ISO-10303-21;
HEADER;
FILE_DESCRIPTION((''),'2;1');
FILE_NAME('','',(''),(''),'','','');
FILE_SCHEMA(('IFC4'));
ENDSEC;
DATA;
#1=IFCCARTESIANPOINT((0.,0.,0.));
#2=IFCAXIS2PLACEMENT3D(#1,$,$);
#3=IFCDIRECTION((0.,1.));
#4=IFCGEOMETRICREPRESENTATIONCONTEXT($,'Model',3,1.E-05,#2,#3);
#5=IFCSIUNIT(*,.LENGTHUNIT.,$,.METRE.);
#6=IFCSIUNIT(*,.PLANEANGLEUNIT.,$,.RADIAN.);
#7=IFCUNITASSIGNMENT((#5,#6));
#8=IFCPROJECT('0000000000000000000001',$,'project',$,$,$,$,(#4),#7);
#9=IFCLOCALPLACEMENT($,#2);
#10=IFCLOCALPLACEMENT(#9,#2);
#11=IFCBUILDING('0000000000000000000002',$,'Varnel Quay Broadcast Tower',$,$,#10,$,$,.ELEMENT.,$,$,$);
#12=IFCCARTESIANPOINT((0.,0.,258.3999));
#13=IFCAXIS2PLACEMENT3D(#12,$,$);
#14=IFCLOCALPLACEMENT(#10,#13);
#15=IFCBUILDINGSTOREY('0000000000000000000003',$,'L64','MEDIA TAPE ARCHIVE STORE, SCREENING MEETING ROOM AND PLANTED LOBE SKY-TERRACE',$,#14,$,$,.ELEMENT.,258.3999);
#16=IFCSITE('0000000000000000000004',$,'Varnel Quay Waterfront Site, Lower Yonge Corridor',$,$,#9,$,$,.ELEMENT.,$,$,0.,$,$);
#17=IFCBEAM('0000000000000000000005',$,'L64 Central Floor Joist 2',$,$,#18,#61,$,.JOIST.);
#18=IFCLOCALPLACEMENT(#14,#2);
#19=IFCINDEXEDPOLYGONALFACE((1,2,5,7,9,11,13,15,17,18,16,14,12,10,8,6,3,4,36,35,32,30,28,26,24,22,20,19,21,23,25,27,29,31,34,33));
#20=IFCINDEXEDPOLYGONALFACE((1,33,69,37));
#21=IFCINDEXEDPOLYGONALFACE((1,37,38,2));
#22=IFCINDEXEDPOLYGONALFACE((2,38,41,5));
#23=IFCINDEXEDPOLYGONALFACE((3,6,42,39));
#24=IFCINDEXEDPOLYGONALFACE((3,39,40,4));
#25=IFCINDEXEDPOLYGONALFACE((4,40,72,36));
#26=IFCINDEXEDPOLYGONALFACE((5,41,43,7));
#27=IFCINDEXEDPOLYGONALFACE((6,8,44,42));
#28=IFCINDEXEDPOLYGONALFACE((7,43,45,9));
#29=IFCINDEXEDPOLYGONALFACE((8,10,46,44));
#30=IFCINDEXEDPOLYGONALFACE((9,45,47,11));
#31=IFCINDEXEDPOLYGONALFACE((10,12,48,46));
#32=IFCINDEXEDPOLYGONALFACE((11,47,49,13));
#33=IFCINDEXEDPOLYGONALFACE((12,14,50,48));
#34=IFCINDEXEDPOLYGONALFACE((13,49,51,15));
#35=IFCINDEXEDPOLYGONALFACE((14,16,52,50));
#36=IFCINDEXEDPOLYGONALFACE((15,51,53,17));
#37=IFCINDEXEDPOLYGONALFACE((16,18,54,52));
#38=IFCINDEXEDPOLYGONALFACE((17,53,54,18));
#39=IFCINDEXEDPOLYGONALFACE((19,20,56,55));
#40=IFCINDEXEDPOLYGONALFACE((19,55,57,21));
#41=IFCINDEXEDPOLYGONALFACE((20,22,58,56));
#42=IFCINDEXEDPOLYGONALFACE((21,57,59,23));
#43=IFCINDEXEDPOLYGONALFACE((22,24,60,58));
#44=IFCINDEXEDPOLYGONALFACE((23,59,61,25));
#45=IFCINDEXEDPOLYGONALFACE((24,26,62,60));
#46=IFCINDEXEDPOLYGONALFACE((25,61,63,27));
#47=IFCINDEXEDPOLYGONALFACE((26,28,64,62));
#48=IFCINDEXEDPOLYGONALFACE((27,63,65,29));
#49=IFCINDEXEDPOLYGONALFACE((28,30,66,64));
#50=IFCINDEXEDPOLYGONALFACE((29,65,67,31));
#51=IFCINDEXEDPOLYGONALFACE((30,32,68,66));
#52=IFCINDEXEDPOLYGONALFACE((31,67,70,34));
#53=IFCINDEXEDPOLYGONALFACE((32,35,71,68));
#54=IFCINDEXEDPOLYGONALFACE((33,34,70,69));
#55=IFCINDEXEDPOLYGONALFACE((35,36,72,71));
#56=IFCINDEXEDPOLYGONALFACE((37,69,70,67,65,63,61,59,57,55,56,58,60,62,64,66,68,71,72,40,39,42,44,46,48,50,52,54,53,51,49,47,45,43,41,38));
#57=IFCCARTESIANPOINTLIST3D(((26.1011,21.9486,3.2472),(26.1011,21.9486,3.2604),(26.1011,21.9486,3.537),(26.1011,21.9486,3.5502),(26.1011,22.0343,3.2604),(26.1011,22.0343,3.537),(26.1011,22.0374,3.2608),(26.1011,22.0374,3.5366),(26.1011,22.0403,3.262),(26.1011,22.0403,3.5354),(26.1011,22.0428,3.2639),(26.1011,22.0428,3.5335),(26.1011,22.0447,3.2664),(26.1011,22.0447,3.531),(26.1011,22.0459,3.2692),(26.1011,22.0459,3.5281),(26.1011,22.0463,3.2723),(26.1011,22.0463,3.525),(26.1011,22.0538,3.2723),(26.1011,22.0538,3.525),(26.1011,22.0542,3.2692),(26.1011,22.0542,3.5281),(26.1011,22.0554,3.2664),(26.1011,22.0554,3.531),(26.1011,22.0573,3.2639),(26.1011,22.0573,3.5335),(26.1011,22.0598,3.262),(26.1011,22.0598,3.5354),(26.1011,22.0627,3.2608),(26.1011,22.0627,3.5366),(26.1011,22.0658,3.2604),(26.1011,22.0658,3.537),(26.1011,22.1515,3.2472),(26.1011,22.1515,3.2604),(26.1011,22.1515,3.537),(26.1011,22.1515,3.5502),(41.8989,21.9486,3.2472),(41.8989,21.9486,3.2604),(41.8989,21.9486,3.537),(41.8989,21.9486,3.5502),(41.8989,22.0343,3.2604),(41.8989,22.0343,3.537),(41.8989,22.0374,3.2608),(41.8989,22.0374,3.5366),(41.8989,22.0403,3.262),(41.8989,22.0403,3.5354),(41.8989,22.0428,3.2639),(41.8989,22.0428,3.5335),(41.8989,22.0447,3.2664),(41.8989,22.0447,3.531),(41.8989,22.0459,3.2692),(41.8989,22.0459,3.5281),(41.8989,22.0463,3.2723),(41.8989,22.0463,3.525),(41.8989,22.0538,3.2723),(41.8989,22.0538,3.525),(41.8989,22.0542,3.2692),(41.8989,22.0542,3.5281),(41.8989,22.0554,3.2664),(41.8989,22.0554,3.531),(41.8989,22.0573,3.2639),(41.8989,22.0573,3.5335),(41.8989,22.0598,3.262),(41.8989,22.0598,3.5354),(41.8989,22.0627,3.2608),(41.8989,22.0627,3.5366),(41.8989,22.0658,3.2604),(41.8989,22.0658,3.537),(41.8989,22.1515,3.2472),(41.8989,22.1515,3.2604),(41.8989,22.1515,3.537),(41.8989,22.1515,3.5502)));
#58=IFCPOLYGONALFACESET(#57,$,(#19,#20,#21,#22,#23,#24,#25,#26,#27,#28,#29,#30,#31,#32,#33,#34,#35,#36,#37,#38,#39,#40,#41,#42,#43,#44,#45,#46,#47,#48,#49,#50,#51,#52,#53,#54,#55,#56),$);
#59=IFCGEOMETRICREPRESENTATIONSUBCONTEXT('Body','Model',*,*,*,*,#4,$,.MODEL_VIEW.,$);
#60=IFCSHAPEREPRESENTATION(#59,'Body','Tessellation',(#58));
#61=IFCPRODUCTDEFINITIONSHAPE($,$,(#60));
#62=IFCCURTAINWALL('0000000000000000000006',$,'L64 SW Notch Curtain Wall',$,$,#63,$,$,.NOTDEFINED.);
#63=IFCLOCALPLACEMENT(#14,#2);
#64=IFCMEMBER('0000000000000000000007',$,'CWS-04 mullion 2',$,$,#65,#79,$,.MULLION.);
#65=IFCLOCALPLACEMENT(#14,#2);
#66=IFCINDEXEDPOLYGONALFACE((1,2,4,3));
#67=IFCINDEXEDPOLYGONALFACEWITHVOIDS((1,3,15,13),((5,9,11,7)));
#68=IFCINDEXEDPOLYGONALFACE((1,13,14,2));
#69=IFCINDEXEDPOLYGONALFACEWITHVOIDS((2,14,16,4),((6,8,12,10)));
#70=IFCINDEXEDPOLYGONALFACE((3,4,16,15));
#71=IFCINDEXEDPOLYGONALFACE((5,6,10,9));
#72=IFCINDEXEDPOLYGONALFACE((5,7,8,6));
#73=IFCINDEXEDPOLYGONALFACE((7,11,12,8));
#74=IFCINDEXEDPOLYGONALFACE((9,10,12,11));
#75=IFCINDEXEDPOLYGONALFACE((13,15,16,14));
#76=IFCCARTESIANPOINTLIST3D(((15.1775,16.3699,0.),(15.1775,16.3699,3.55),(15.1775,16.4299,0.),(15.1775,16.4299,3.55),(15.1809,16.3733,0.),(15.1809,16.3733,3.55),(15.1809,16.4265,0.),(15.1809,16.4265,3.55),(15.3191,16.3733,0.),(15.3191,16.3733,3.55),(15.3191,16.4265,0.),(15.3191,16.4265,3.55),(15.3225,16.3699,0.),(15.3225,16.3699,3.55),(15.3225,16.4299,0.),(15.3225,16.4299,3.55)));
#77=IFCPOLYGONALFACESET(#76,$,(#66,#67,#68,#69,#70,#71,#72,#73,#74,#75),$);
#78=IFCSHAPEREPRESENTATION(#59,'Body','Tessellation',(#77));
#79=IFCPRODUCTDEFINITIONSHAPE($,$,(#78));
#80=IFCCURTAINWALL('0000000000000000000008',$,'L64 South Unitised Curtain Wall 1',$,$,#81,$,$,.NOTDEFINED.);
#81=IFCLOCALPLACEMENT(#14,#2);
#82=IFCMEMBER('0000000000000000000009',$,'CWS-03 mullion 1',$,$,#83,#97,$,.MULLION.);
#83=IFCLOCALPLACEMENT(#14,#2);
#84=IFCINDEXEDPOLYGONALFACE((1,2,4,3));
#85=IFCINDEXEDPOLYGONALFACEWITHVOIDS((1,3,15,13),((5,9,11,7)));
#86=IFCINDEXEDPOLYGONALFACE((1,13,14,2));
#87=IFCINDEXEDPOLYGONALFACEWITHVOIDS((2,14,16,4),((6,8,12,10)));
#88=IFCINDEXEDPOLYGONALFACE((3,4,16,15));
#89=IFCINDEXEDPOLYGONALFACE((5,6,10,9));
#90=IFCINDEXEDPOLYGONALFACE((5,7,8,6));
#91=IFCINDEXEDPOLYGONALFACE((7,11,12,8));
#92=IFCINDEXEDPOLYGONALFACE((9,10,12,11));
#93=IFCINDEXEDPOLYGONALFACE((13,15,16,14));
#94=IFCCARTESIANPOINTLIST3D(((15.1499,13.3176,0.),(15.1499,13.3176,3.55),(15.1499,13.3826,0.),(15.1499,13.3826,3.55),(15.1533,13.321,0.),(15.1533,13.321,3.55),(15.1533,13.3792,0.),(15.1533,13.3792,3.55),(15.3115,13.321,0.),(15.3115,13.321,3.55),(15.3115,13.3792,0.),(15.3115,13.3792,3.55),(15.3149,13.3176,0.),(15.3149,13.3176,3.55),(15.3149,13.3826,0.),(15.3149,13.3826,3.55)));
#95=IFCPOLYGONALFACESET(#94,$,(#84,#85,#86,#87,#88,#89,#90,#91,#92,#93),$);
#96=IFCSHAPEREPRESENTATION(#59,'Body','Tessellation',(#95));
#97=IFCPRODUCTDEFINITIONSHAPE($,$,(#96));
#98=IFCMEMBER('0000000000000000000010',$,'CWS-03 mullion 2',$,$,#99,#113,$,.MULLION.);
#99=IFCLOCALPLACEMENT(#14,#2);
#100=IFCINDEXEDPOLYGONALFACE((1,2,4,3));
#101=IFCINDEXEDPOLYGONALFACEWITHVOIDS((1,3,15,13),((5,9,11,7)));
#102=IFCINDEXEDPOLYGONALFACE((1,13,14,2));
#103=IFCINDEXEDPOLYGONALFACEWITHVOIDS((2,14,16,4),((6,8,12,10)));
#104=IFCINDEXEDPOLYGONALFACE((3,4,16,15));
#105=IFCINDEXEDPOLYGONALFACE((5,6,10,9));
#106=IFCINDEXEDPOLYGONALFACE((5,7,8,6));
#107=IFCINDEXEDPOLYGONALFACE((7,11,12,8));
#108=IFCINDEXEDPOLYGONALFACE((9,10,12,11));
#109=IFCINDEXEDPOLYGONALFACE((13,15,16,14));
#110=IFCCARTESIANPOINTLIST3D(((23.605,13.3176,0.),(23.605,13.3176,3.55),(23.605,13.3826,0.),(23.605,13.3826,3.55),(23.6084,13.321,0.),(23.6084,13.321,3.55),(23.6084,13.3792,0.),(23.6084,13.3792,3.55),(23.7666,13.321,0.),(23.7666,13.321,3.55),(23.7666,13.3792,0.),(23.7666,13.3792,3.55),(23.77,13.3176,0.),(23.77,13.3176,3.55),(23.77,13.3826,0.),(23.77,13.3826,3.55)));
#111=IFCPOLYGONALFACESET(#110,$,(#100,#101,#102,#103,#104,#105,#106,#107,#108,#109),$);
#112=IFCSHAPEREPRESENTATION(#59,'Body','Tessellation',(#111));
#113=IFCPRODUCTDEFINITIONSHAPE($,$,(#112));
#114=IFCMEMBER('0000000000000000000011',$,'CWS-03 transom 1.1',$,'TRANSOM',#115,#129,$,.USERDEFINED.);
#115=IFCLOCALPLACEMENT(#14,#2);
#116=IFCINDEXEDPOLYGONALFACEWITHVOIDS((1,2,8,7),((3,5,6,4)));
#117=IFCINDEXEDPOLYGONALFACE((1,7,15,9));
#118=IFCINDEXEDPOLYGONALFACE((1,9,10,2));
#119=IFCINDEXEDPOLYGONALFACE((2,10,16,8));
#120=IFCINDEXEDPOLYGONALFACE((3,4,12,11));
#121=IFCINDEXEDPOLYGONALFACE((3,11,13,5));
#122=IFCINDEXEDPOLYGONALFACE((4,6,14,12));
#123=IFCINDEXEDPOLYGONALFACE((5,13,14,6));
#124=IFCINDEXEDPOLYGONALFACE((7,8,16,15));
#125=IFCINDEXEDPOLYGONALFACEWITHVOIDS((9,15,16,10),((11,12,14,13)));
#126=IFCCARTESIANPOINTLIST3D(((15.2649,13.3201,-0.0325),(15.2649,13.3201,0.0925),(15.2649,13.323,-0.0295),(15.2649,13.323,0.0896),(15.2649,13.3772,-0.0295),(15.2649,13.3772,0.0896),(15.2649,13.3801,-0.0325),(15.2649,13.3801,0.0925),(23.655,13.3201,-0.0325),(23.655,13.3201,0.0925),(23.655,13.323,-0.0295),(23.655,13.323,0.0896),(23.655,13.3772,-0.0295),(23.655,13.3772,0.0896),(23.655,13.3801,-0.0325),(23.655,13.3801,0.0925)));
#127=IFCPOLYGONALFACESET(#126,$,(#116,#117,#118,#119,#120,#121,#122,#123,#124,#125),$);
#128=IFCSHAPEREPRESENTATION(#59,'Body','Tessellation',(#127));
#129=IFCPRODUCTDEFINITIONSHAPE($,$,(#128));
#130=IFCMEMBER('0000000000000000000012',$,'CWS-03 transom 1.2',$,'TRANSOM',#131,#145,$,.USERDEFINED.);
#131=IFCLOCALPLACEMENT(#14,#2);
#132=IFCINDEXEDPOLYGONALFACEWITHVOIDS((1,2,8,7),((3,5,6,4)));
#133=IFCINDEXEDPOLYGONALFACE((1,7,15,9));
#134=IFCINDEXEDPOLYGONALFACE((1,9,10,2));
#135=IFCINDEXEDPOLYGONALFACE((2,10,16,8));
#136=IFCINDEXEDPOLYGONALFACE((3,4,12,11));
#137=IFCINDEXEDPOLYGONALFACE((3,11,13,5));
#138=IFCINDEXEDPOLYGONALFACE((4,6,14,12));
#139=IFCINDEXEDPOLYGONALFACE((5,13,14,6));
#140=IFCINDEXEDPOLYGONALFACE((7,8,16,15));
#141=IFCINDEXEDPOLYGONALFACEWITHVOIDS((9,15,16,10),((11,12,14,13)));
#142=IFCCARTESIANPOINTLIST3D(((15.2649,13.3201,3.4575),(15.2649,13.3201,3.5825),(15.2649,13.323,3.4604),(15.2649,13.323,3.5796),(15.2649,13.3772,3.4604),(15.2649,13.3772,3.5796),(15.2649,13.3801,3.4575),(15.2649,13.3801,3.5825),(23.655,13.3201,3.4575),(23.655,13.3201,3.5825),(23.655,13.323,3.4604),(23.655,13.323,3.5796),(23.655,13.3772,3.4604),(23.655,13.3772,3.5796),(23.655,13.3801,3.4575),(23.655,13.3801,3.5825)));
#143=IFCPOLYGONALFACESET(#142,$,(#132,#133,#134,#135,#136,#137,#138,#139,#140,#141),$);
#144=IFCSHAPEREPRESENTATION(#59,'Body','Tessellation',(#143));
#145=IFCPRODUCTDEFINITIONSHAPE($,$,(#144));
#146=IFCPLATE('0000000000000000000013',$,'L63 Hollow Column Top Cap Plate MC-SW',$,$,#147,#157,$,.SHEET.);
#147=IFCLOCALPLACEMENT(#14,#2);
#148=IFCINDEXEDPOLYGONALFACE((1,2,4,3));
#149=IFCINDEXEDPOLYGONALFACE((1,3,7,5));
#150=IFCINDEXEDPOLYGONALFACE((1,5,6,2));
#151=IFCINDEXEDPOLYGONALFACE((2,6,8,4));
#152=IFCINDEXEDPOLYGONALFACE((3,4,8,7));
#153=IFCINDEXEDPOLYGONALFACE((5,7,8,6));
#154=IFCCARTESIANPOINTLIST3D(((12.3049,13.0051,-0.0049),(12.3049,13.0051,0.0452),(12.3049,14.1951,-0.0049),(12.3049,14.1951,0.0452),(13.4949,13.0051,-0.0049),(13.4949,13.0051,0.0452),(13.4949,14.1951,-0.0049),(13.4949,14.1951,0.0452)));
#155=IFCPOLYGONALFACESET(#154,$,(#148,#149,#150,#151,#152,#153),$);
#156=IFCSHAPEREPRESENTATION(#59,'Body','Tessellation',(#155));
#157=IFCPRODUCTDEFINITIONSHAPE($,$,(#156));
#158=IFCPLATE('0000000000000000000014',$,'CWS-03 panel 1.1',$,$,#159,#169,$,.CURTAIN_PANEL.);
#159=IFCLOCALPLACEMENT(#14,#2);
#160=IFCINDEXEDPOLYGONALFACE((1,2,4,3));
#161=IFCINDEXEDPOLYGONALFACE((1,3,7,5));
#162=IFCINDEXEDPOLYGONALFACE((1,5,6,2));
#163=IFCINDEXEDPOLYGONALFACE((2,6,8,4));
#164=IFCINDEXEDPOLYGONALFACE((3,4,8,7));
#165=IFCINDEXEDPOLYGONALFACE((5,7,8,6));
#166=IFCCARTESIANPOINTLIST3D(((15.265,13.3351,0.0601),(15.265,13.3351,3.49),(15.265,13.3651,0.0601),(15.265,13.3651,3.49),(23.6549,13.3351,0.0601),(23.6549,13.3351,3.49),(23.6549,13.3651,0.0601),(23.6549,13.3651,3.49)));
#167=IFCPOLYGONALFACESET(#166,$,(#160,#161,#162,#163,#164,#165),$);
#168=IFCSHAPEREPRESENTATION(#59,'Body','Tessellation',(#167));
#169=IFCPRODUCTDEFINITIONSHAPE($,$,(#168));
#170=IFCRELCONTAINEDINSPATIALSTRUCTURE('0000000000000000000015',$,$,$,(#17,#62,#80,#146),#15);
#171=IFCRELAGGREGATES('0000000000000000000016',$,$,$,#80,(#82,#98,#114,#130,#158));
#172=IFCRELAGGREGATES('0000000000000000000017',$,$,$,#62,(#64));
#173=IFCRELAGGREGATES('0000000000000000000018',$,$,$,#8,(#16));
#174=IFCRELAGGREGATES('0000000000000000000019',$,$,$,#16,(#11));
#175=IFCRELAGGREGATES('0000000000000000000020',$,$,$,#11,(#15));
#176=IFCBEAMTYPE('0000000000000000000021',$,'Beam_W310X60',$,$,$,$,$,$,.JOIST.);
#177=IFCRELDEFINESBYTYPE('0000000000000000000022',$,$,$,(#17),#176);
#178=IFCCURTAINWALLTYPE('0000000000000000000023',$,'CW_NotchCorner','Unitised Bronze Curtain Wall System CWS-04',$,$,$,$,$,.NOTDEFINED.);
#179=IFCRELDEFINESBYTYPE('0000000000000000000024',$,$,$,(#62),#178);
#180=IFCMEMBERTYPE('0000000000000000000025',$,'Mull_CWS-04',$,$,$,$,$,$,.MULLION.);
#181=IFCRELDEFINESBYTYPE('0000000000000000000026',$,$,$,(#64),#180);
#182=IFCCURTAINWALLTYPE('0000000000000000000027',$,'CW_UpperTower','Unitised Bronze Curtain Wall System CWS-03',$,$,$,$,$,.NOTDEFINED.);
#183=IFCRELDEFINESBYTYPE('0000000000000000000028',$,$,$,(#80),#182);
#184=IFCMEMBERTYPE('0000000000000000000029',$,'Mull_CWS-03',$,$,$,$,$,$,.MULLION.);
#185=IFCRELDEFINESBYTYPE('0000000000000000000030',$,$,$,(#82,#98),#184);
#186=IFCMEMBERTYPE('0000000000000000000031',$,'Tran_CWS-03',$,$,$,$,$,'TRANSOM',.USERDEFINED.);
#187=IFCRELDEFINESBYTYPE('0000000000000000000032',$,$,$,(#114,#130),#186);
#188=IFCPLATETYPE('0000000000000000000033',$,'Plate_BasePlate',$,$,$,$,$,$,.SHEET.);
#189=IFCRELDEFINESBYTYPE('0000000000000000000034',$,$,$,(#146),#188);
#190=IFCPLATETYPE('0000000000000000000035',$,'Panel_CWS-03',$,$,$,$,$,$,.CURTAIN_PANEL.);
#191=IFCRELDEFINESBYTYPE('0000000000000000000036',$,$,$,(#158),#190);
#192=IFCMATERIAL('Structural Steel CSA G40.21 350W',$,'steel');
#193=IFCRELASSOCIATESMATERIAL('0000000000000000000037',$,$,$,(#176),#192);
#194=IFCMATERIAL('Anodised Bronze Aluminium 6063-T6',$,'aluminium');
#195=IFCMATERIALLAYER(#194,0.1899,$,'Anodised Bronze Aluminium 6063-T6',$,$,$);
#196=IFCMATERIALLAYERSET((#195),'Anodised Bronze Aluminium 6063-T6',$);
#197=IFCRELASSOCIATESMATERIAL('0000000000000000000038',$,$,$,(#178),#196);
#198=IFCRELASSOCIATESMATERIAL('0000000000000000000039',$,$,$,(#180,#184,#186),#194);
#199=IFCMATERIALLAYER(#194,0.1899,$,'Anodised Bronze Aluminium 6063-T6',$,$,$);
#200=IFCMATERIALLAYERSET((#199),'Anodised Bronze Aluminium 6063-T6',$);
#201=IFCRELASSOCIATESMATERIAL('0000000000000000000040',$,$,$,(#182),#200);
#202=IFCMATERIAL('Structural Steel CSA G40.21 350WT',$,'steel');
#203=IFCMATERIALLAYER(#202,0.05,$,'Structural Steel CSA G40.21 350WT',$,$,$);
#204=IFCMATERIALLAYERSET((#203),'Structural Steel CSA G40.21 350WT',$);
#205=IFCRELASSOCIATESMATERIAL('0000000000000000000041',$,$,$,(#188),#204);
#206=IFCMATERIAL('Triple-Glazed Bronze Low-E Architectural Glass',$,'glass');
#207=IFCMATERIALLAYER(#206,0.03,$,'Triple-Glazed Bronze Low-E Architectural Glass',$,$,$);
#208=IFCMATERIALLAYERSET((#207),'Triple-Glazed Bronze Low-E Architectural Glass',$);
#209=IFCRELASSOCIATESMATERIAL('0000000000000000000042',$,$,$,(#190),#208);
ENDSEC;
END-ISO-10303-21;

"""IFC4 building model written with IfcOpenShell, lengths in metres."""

from ifc_helpers import new_model, si_unit, direction, frame, origin, origin_2d, place, context, subcontext, project, spatial, rectangle, hollow_rectangle, i_section, extrude, source, transform, mapped, material, layer, layer_set, material_profile, profile_set, type_object, type_shapes, element, aggregate, save


model = new_model("IFC4")

# Units and contexts
model_context = context("Model", 3, precision=1e-05, world=origin(), true_north=direction((0.0, 1.0)))
body_context = subcontext(model_context, "Body", "Model", "MODEL_VIEW")
ifc_project = project(units=[si_unit("LENGTHUNIT", "METRE"), si_unit("PLANEANGLEUNIT", "RADIAN")], contexts=[model_context])

# Site, building, storey
site_placement = place(None, origin())
site = spatial("IfcSite", under=ifc_project, at=site_placement, Name="Varnel Quay Waterfront Site, Lower Yonge Corridor", CompositionType="ELEMENT", RefElevation=0.0)
building_placement = place(site_placement, origin())
building = spatial("IfcBuilding", under=site, at=building_placement, Name="Varnel Quay Broadcast Tower", CompositionType="ELEMENT")
storey_placement = place(building_placement, frame((0.0, 0.0, 258.3999)))
storey = spatial("IfcBuildingStorey", under=building, at=storey_placement, Name="L64", Description="MEDIA TAPE ARCHIVE STORE, SCREENING MEETING ROOM AND PLANTED LOBE SKY-TERRACE", CompositionType="ELEMENT", Elevation=258.3999)

# Shared definitions
ifc_material_1 = material(Name="Structural Steel CSA G40.21 350WT", Category="steel")
ifc_material_2 = material(Name="Structural Steel CSA G40.21 350W", Category="steel")

# Beam
ifc_material_profile_1 = material_profile(ifc_material_2, i_section(OverallWidth=0.2029, OverallDepth=0.303, WebThickness=0.0076, FlangeThickness=0.0132, FilletRadius=0.012, at=origin_2d()), Name="W310X60")
ifc_profile_set_1 = profile_set([ifc_material_profile_1], Name="Structural Steel CSA G40.21 350W")
beam_type_1 = type_object("IfcBeamType", Name="Beam_W310X60", PredefinedType="JOIST", material=ifc_profile_set_1)
shared_shape_1 = source(origin(), body_context, "Body", "SweptSolid", [
    extrude(i_section(OverallWidth=0.2029, OverallDepth=0.303, WebThickness=0.0076, FlangeThickness=0.0132, FilletRadius=0.012, at=origin_2d()), origin(), (0.0, 0.0, 1.0), 15.7979),
])
type_shapes(beam_type_1, [shared_shape_1])
beam_1_placement = place(storey_placement, frame((26.1011, 22.05, 3.3987), z_axis=(1.0, 0.0, 0.0), x_axis=(0.0, 1.0, 0.0)))
element("IfcBeam", 1, at=beam_1_placement, inside=storey, type_object=beam_type_1, Name="L64 Central Floor Joist 2", PredefinedType="JOIST", context=body_context, shape_type="MappedRepresentation", body=[
    mapped(shared_shape_1, transform((0.0, 0.0, 0.0), x_axis=(1.0, 0.0, 0.0), y_axis=(0.0, 1.0, 0.0), z_axis=(0.0, 0.0, 1.0), scale=1.0)),
])

# Curtain wall, member
ifc_material_3 = material(Name="Anodised Bronze Aluminium 6063-T6", Category="aluminium")
ifc_layer_1 = layer(ifc_material_3, 0.1899, Name="Anodised Bronze Aluminium 6063-T6")
ifc_layer_set_1 = layer_set([ifc_layer_1], Name="Anodised Bronze Aluminium 6063-T6")
curtain_wall_type_1 = type_object("IfcCurtainWallType", Name="CW_NotchCorner", Description="Unitised Bronze Curtain Wall System CWS-04", PredefinedType="NOTDEFINED", material=ifc_layer_set_1)
curtain_wall_1_placement = place(storey_placement, origin())
curtain_wall_1 = element("IfcCurtainWall", 2, at=curtain_wall_1_placement, inside=storey, type_object=curtain_wall_type_1, Name="L64 SW Notch Curtain Wall", PredefinedType="NOTDEFINED")
ifc_material_profile_2 = material_profile(ifc_material_3, hollow_rectangle(XDim=0.0601, YDim=0.145, WallThickness=0.0034, at=origin_2d()), Name="ALU60X145X3.5")
ifc_profile_set_2 = profile_set([ifc_material_profile_2], Name="Anodised Bronze Aluminium 6063-T6")
member_type_1 = type_object("IfcMemberType", Name="Mull_CWS-04", PredefinedType="MULLION", material=ifc_profile_set_2)
shared_shape_2 = source(origin(), body_context, "Body", "SweptSolid", [
    extrude(hollow_rectangle(XDim=0.0601, YDim=0.145, WallThickness=0.0034, at=origin_2d()), origin(), (0.0, 0.0, 1.0), 3.55),
])
type_shapes(member_type_1, [shared_shape_2])
member_1_placement = place(storey_placement, frame((15.25, 16.3999, 0.0), z_axis=(0.0, 0.0, 1.0), x_axis=(0.0, 1.0, 0.0)))
member_1 = element("IfcMember", 3, at=member_1_placement, type_object=member_type_1, Name="CWS-04 mullion 2", PredefinedType="MULLION", context=body_context, shape_type="MappedRepresentation", body=[
    mapped(shared_shape_2, transform((0.0, 0.0, 0.0), x_axis=(1.0, 0.0, 0.0), y_axis=(0.0, 1.0, 0.0), z_axis=(0.0, 0.0, 1.0), scale=1.0)),
])

# Curtain wall, members
ifc_layer_2 = layer(ifc_material_3, 0.1899, Name="Anodised Bronze Aluminium 6063-T6")
ifc_layer_set_2 = layer_set([ifc_layer_2], Name="Anodised Bronze Aluminium 6063-T6")
curtain_wall_type_2 = type_object("IfcCurtainWallType", Name="CW_UpperTower", Description="Unitised Bronze Curtain Wall System CWS-03", PredefinedType="NOTDEFINED", material=ifc_layer_set_2)
curtain_wall_2_placement = place(storey_placement, origin())
curtain_wall_2 = element("IfcCurtainWall", 4, at=curtain_wall_2_placement, inside=storey, type_object=curtain_wall_type_2, Name="L64 South Unitised Curtain Wall 1", PredefinedType="NOTDEFINED")
ifc_material_profile_3 = material_profile(ifc_material_3, hollow_rectangle(XDim=0.0649, YDim=0.165, WallThickness=0.0034, at=origin_2d()), Name="ALU65X165X3.5")
ifc_profile_set_3 = profile_set([ifc_material_profile_3], Name="Anodised Bronze Aluminium 6063-T6")
member_type_2 = type_object("IfcMemberType", Name="Mull_CWS-03", PredefinedType="MULLION", material=ifc_profile_set_3)
shared_shape_3 = source(origin(), body_context, "Body", "SweptSolid", [
    extrude(hollow_rectangle(XDim=0.0649, YDim=0.165, WallThickness=0.0034, at=origin_2d()), origin(), (0.0, 0.0, 1.0), 3.55),
])
type_shapes(member_type_2, [shared_shape_3])
member_2_placement = place(storey_placement, frame((15.2324, 13.3501, 0.0), z_axis=(0.0, 0.0, 1.0), x_axis=(0.0, 1.0, 0.0)))
member_2 = element("IfcMember", 5, at=member_2_placement, type_object=member_type_2, Name="CWS-03 mullion 1", PredefinedType="MULLION", context=body_context, shape_type="MappedRepresentation", body=[
    mapped(shared_shape_3, transform((0.0, 0.0, 0.0), x_axis=(1.0, 0.0, 0.0), y_axis=(0.0, 1.0, 0.0), z_axis=(0.0, 0.0, 1.0), scale=1.0)),
])
member_3_placement = place(storey_placement, frame((23.6875, 13.3501, 0.0), z_axis=(0.0, 0.0, 1.0), x_axis=(0.0, 1.0, 0.0)))
member_3 = element("IfcMember", 6, at=member_3_placement, type_object=member_type_2, Name="CWS-03 mullion 2", PredefinedType="MULLION", context=body_context, shape_type="MappedRepresentation", body=[
    mapped(shared_shape_3, transform((0.0, 0.0, 0.0), x_axis=(1.0, 0.0, 0.0), y_axis=(0.0, 1.0, 0.0), z_axis=(0.0, 0.0, 1.0), scale=1.0)),
])
ifc_material_profile_4 = material_profile(ifc_material_3, hollow_rectangle(XDim=0.0601, YDim=0.125, WallThickness=0.0029, at=origin_2d()), Name="ALU60X125X3")
ifc_profile_set_4 = profile_set([ifc_material_profile_4], Name="Anodised Bronze Aluminium 6063-T6")
member_type_3 = type_object("IfcMemberType", Name="Tran_CWS-03", ElementType="TRANSOM", PredefinedType="USERDEFINED", material=ifc_profile_set_4)
shared_shape_4 = source(origin(), body_context, "Body", "SweptSolid", [
    extrude(hollow_rectangle(XDim=0.0601, YDim=0.125, WallThickness=0.0029, at=origin_2d()), origin(), (0.0, 0.0, 1.0), 8.3901),
])
type_shapes(member_type_3, [shared_shape_4])
member_4_placement = place(storey_placement, frame((15.2649, 13.3501, 0.03), z_axis=(1.0, 0.0, 0.0), x_axis=(0.0, 1.0, 0.0)))
member_4 = element("IfcMember", 7, at=member_4_placement, type_object=member_type_3, Name="CWS-03 transom 1.1", ObjectType="TRANSOM", PredefinedType="USERDEFINED", context=body_context, shape_type="MappedRepresentation", body=[
    mapped(shared_shape_4, transform((0.0, 0.0, 0.0), x_axis=(1.0, 0.0, 0.0), y_axis=(0.0, 1.0, 0.0), z_axis=(0.0, 0.0, 1.0), scale=1.0)),
])
member_5_placement = place(storey_placement, frame((15.2649, 13.3501, 3.52), z_axis=(1.0, 0.0, 0.0), x_axis=(0.0, 1.0, 0.0)))
member_5 = element("IfcMember", 8, at=member_5_placement, type_object=member_type_3, Name="CWS-03 transom 1.2", ObjectType="TRANSOM", PredefinedType="USERDEFINED", context=body_context, shape_type="MappedRepresentation", body=[
    mapped(shared_shape_4, transform((0.0, 0.0, 0.0), x_axis=(1.0, 0.0, 0.0), y_axis=(0.0, 1.0, 0.0), z_axis=(0.0, 0.0, 1.0), scale=1.0)),
])

# Plates
ifc_layer_3 = layer(ifc_material_1, 0.05, Name="Structural Steel CSA G40.21 350WT")
ifc_layer_set_3 = layer_set([ifc_layer_3], Name="Structural Steel CSA G40.21 350WT")
plate_type_1 = type_object("IfcPlateType", Name="Plate_BasePlate", PredefinedType="SHEET", material=ifc_layer_set_3)
shared_shape_5 = source(origin(), body_context, "Body", "SweptSolid", [
    extrude(rectangle(XDim=1.1899, YDim=1.1899, at=origin_2d()), origin(), (0.0, 0.0, 1.0), 0.05),
])
type_shapes(plate_type_1, [shared_shape_5])
plate_1_placement = place(storey_placement, frame((12.8999, 13.6001, -0.0049), z_axis=(0.0, 0.0, 1.0), x_axis=(1.0, 0.0, 0.0)))
element("IfcPlate", 9, at=plate_1_placement, inside=storey, type_object=plate_type_1, Name="L63 Hollow Column Top Cap Plate MC-SW", PredefinedType="SHEET", context=body_context, shape_type="MappedRepresentation", body=[
    mapped(shared_shape_5, transform((0.0, 0.0, 0.0), x_axis=(1.0, 0.0, 0.0), y_axis=(0.0, 1.0, 0.0), z_axis=(0.0, 0.0, 1.0), scale=1.0)),
])
ifc_material_4 = material(Name="Triple-Glazed Bronze Low-E Architectural Glass", Category="glass")
ifc_layer_4 = layer(ifc_material_4, 0.03, Name="Triple-Glazed Bronze Low-E Architectural Glass")
ifc_layer_set_4 = layer_set([ifc_layer_4], Name="Triple-Glazed Bronze Low-E Architectural Glass")
plate_type_2 = type_object("IfcPlateType", Name="Panel_CWS-03", PredefinedType="CURTAIN_PANEL", material=ifc_layer_set_4)
shared_shape_6 = source(origin(), body_context, "Body", "SweptSolid", [
    extrude(rectangle(XDim=8.3899, YDim=0.03, at=origin_2d()), origin(), (0.0, 0.0, 1.0), 3.4299),
])
type_shapes(plate_type_2, [shared_shape_6])
plate_2_placement = place(storey_placement, frame((19.46, 13.3501, 0.0601), z_axis=(0.0, 0.0, 1.0), x_axis=(1.0, 0.0, 0.0)))
plate_2 = element("IfcPlate", 10, at=plate_2_placement, type_object=plate_type_2, Name="CWS-03 panel 1.1", PredefinedType="CURTAIN_PANEL", context=body_context, shape_type="MappedRepresentation", body=[
    mapped(shared_shape_6, transform((0.0, 0.0, 0.0), x_axis=(1.0, 0.0, 0.0), y_axis=(0.0, 1.0, 0.0), z_axis=(0.0, 0.0, 1.0), scale=1.0)),
])
aggregate(curtain_wall_2, [member_2, member_3, member_4, member_5, plate_2])
aggregate(curtain_wall_1, [member_1])

save(model, "model.ifc")
